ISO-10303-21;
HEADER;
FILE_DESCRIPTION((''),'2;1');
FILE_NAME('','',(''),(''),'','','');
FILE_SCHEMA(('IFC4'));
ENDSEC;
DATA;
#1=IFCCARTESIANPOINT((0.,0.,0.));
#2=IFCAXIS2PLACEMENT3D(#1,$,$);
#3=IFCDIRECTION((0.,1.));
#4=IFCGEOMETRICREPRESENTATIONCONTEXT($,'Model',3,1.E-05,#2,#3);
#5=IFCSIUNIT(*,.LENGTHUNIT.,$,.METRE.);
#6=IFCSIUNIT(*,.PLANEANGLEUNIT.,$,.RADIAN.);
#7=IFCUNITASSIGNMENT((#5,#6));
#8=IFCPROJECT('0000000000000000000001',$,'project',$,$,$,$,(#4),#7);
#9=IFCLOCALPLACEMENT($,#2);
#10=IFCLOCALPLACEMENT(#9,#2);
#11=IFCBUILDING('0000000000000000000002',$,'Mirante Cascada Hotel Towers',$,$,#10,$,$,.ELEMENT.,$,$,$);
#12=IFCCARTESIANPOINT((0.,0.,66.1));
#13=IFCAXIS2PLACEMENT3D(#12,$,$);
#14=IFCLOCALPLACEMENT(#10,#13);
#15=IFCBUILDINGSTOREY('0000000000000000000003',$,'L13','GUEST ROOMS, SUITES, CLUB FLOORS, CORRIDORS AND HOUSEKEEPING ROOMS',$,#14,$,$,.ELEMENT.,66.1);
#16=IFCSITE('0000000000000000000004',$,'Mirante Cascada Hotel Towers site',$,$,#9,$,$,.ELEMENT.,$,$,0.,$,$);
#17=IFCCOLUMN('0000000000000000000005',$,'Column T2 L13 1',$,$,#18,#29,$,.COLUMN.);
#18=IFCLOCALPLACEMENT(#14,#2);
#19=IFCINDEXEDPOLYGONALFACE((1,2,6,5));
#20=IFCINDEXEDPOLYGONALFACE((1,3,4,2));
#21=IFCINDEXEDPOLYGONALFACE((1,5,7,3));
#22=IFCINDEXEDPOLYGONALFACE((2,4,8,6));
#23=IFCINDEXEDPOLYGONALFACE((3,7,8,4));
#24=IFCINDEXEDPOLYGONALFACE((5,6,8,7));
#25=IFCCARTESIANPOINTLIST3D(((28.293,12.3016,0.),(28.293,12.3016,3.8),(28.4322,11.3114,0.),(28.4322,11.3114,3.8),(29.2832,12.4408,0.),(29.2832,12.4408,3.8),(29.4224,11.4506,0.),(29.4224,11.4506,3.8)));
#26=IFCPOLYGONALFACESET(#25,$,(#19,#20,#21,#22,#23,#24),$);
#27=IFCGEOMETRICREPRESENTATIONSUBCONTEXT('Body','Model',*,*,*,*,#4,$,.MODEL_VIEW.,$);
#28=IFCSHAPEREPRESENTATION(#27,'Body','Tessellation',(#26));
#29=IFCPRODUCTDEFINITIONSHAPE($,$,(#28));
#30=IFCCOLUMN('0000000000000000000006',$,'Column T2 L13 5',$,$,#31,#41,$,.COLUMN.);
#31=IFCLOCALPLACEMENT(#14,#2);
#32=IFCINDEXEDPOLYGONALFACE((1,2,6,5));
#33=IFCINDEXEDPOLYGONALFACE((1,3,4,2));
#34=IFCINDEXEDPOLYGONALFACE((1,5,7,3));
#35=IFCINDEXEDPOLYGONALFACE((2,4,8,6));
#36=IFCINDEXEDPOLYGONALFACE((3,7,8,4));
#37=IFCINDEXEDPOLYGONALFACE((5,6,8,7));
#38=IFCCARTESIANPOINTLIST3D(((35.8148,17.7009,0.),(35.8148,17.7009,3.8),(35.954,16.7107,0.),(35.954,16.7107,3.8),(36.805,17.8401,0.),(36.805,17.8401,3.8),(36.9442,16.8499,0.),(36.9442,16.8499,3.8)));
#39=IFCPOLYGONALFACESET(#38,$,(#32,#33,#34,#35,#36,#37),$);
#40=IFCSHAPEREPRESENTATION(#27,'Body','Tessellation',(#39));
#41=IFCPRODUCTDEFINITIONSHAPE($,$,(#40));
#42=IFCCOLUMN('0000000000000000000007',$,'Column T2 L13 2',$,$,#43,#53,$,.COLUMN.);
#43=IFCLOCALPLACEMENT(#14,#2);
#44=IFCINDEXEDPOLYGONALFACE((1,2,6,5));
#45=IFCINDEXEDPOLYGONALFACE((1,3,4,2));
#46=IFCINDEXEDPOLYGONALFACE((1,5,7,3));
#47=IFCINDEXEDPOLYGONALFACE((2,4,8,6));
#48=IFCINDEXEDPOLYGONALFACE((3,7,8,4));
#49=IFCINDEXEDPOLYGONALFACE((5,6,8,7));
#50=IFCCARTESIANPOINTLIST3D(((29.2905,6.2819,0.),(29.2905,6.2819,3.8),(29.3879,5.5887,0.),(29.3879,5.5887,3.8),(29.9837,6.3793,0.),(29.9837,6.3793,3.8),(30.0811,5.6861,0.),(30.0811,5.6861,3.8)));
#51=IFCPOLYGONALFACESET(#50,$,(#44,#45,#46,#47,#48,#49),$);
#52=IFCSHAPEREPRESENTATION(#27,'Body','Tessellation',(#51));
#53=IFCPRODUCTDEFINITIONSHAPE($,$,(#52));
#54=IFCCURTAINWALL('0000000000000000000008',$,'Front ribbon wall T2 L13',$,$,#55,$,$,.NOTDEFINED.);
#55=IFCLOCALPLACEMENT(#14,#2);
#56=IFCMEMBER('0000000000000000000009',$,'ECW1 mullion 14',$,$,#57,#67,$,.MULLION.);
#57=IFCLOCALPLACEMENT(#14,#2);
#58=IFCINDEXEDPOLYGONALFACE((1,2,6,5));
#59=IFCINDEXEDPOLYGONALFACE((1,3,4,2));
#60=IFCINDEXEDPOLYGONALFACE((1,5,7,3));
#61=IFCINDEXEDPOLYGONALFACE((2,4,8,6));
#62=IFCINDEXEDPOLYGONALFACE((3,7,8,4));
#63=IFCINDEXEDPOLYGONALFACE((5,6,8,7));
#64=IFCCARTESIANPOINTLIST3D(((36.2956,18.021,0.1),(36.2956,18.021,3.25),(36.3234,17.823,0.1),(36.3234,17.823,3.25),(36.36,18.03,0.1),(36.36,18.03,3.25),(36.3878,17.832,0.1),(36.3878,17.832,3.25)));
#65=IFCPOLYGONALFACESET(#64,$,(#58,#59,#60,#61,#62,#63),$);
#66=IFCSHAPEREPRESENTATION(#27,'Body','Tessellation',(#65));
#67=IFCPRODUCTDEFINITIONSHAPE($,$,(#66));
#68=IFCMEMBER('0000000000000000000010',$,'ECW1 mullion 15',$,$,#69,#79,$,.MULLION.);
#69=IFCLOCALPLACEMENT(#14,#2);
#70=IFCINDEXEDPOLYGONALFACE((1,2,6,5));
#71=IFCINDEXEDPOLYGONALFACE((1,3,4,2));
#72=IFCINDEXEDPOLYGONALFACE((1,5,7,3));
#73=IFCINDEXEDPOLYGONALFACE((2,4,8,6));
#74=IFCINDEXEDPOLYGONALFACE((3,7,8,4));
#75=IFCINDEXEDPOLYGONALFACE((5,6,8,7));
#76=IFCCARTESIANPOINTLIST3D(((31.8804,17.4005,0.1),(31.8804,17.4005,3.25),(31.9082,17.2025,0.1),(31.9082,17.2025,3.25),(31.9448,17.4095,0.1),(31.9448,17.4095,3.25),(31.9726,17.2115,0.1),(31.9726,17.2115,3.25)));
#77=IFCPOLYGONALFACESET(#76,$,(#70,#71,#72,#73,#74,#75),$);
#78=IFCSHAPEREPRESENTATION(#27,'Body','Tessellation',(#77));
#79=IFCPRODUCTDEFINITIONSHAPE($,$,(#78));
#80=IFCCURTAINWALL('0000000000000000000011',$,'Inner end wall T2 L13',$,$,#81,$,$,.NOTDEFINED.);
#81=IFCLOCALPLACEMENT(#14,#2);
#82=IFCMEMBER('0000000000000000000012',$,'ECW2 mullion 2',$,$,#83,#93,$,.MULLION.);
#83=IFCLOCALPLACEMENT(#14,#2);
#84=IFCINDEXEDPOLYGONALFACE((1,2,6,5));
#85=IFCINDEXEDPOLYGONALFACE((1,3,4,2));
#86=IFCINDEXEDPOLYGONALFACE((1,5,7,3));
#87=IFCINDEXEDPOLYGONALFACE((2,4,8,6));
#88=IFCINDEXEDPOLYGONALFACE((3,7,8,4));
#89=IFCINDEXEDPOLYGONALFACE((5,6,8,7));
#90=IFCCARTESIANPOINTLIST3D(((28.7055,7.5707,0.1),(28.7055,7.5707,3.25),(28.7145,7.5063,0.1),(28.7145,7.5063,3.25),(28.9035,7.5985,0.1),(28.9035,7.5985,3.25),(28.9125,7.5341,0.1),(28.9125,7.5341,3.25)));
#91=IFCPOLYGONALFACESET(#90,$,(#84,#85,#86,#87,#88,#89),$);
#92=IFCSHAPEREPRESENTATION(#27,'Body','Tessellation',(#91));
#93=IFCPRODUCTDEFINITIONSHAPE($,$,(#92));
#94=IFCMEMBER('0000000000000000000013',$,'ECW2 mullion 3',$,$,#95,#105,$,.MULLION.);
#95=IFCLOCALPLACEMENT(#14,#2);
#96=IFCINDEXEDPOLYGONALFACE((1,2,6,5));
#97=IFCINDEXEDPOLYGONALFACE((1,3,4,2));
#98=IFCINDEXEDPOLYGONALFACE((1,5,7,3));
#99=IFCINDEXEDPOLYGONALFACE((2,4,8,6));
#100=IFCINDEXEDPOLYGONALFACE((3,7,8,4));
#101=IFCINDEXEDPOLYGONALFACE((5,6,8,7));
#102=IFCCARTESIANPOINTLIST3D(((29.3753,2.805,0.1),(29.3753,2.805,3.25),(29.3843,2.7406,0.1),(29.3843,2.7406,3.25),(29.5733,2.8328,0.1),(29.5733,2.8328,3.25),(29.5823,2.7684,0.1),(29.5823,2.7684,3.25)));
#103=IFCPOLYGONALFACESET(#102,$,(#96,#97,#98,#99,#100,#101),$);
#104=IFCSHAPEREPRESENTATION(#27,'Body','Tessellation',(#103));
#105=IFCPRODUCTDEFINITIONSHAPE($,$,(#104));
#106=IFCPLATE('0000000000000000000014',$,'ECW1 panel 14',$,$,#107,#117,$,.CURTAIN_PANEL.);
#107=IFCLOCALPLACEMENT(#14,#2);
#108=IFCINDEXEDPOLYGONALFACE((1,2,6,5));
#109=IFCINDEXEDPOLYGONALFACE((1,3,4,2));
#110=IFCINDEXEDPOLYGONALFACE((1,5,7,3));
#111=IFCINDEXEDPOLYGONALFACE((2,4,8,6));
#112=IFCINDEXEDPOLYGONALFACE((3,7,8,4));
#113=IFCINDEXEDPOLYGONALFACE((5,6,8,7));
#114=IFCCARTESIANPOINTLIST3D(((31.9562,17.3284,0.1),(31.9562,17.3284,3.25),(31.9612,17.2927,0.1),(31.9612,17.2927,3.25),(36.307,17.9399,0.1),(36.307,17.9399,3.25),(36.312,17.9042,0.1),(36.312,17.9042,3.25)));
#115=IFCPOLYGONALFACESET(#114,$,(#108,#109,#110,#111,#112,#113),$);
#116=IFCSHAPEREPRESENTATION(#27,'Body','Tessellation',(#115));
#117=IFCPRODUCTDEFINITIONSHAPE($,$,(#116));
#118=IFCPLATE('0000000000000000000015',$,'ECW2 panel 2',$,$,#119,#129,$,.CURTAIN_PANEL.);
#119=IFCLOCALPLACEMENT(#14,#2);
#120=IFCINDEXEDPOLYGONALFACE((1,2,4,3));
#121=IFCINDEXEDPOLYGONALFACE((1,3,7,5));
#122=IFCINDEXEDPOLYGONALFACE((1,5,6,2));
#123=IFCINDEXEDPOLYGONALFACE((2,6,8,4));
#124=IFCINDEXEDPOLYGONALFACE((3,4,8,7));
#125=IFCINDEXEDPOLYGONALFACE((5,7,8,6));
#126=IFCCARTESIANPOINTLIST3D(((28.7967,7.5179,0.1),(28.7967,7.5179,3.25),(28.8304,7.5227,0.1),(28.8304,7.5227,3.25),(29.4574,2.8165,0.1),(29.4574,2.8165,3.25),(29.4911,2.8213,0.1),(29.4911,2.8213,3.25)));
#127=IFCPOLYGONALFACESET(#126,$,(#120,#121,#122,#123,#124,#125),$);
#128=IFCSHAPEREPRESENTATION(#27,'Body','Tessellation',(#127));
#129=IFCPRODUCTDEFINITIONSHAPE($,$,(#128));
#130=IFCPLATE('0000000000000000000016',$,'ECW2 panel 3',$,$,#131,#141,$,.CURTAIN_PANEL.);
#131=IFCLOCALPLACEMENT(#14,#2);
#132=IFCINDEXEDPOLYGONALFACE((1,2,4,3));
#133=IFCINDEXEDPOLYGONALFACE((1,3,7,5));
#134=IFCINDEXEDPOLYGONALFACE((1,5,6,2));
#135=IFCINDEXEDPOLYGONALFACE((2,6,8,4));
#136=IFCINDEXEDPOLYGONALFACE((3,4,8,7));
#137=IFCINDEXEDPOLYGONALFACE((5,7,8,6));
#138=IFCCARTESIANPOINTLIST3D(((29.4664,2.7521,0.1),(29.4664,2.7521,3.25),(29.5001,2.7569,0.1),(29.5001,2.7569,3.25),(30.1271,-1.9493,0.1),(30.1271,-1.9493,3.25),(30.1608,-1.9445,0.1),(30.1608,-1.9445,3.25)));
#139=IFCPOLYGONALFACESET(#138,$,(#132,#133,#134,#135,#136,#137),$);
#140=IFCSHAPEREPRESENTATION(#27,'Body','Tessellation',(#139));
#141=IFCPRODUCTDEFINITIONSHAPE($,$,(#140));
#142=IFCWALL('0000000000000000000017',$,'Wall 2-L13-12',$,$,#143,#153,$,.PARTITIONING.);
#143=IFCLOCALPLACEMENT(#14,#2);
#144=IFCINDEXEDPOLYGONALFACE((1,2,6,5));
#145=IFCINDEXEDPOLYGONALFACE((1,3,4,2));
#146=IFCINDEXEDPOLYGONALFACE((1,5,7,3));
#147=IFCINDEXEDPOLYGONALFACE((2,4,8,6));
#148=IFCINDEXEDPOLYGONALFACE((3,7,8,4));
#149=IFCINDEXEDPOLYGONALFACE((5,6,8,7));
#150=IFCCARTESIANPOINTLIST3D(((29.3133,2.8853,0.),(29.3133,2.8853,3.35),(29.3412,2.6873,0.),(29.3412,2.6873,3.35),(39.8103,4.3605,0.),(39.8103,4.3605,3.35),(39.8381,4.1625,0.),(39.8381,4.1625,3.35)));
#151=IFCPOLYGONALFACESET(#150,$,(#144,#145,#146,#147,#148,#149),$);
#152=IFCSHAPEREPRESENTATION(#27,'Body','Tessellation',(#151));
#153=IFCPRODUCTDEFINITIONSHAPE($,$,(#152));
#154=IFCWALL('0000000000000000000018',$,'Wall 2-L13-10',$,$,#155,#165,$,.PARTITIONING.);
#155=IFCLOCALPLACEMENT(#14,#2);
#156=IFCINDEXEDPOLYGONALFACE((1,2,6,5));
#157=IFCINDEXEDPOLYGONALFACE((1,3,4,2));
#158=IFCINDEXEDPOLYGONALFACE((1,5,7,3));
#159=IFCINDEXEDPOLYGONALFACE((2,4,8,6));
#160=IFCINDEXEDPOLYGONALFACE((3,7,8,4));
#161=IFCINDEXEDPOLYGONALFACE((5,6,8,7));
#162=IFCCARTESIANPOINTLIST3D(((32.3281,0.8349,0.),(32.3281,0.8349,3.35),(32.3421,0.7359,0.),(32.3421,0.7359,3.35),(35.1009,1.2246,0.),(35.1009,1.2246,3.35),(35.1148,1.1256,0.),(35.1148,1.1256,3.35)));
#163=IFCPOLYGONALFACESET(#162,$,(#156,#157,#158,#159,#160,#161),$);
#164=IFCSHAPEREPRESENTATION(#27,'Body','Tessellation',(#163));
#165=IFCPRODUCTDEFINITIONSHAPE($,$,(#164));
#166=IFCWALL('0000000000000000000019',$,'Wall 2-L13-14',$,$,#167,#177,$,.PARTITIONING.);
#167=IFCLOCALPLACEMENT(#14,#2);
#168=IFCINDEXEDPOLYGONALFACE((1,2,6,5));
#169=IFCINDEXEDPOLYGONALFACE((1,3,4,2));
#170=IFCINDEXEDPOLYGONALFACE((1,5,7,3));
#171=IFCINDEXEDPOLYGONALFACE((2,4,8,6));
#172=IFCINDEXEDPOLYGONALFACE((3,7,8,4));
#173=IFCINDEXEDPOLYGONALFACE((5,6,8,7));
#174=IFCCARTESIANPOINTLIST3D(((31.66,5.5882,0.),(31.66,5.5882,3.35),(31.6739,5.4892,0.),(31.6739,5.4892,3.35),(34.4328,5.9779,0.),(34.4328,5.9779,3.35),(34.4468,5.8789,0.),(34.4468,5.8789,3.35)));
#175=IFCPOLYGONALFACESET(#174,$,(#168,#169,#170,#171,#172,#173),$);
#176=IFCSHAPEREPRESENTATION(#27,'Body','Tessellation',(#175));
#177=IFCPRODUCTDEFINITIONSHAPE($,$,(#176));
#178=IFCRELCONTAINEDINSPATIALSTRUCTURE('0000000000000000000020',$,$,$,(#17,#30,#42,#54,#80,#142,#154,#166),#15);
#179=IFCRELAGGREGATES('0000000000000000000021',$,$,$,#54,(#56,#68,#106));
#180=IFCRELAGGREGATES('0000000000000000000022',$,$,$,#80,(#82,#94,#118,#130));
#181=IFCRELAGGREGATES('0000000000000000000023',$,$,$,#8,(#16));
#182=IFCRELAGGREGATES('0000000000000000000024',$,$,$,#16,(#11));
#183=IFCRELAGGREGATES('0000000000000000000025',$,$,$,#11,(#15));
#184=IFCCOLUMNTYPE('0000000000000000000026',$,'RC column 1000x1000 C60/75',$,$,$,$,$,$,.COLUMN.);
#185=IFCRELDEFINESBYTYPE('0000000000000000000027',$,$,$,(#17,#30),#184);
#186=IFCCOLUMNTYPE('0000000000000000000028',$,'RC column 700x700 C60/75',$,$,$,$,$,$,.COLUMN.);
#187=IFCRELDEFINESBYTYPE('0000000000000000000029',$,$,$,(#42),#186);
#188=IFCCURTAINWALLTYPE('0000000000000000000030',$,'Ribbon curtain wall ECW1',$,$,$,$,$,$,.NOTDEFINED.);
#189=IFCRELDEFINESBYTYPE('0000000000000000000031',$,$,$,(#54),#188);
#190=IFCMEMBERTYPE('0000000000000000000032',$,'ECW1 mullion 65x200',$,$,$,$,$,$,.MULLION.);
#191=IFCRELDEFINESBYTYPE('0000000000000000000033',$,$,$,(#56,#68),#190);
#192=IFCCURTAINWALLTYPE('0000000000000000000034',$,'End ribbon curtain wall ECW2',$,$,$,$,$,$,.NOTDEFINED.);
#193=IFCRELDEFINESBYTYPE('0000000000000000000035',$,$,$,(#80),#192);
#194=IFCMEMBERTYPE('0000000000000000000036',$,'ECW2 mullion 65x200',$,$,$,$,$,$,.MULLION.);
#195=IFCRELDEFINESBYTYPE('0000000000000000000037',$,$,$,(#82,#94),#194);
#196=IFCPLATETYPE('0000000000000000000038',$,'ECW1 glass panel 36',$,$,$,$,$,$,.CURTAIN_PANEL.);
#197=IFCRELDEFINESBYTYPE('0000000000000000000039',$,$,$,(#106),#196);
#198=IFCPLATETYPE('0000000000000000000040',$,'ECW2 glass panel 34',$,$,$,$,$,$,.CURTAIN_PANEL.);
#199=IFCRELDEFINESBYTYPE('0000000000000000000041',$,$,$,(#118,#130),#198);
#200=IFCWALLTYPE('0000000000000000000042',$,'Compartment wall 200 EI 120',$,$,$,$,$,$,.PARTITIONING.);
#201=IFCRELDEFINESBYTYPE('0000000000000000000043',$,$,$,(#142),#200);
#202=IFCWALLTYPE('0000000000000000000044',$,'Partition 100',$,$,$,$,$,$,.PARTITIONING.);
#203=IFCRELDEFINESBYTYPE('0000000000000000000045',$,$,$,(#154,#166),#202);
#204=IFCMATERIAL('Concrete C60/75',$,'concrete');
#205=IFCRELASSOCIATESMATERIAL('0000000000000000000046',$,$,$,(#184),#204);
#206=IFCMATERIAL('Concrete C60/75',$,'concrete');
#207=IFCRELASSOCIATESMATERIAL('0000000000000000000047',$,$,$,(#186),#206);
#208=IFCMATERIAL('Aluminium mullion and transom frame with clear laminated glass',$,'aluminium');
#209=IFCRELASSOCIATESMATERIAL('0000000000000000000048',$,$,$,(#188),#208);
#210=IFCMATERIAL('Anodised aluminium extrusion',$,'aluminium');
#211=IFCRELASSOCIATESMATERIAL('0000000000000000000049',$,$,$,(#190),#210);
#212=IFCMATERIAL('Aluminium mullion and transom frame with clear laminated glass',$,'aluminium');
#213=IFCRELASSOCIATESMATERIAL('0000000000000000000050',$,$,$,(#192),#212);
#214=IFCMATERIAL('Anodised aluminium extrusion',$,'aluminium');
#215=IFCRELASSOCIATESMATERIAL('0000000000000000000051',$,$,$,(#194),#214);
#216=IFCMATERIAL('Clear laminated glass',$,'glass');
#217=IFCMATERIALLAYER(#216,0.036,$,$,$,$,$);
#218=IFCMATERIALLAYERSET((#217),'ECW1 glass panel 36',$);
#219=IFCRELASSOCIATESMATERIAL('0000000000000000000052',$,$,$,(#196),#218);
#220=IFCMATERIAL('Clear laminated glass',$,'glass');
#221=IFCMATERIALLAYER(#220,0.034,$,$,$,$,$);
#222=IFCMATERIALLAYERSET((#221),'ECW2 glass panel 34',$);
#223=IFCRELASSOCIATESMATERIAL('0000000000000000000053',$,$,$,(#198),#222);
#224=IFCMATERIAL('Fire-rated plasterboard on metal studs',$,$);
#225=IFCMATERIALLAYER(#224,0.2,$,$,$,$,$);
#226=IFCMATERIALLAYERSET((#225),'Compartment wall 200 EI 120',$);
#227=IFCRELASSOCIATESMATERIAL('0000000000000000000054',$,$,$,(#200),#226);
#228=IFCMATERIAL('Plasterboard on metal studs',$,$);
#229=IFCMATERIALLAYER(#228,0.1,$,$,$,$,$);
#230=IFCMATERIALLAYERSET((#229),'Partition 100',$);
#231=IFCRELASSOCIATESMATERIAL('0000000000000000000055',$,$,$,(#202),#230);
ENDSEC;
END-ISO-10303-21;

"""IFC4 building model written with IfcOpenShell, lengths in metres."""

from ifc_helpers import new_model, si_unit, direction, frame, frame_2d, origin, origin_2d, place, context, subcontext, project, spatial, rectangle, extrude, material, layer, layer_set, material_profile, profile_set, type_object, element, aggregate, save


model = new_model("IFC4")

# Units and contexts
model_context = context("Model", 3, precision=1e-05, world=origin(), true_north=direction((0.0, 1.0)))
body_context = subcontext(model_context, "Body", "Model", "MODEL_VIEW")
ifc_project = project(units=[si_unit("LENGTHUNIT", "METRE"), si_unit("PLANEANGLEUNIT", "RADIAN")], contexts=[model_context])

# Site, building, storey
site_placement = place(None, origin())
site = spatial("IfcSite", under=ifc_project, at=site_placement, Name="Mirante Cascada Hotel Towers site", CompositionType="ELEMENT", RefElevation=0.0)
building_placement = place(site_placement, origin())
building = spatial("IfcBuilding", under=site, at=building_placement, Name="Mirante Cascada Hotel Towers", CompositionType="ELEMENT")
storey_placement = place(building_placement, frame((0.0, 0.0, 66.1)))
storey = spatial("IfcBuildingStorey", under=building, at=storey_placement, Name="L13", Description="GUEST ROOMS, SUITES, CLUB FLOORS, CORRIDORS AND HOUSEKEEPING ROOMS", CompositionType="ELEMENT", Elevation=66.1)

# Columns
ifc_material_1 = material(Name="Concrete C60/75", Category="concrete")
ifc_material_profile_1 = material_profile(ifc_material_1, rectangle(XDim=1.0, YDim=1.0, at=origin_2d()), Name="RC column 1000x1000 C60/75")
ifc_profile_set_1 = profile_set([ifc_material_profile_1], Name="Concrete C60/75")
column_type_1 = type_object("IfcColumnType", Name="RC column 1000x1000 C60/75", PredefinedType="COLUMN", material=ifc_profile_set_1)
for number, where, z_axis, x_axis, name in (
    (1, (28.8577, 11.8761, 0.0), (0.0, 0.0, 1.0), (0.990268, 0.139173, 0.0), "Column T2 L13 1"),
    (2, (36.3795, 17.2754, 0.0), (0.0, 0.0, 1.0), (0.990268, 0.139173, 0.0), "Column T2 L13 5"),
):
    element("IfcColumn", number, at=place(storey_placement, frame(where, z_axis=z_axis, x_axis=x_axis)), inside=storey, type_object=column_type_1, Name=name, PredefinedType="COLUMN", context=body_context, shape_type="SweptSolid", body=[
        extrude(rectangle(XDim=1.0, YDim=1.0, at=origin_2d()), origin(), (0.0, 0.0, 1.0), 3.8),
    ])
ifc_material_2 = material(Name="Concrete C60/75", Category="concrete")
ifc_material_profile_2 = material_profile(ifc_material_2, rectangle(XDim=0.7, YDim=0.7, at=origin_2d()), Name="RC column 700x700 C60/75")
ifc_profile_set_2 = profile_set([ifc_material_profile_2], Name="Concrete C60/75")
column_type_2 = type_object("IfcColumnType", Name="RC column 700x700 C60/75", PredefinedType="COLUMN", material=ifc_profile_set_2)
column_placement = place(storey_placement, frame((29.6858, 5.984, 0.0), z_axis=(0.0, 0.0, 1.0), x_axis=(0.990268, 0.139173, 0.0)))
element("IfcColumn", 3, at=column_placement, inside=storey, type_object=column_type_2, Name="Column T2 L13 2", PredefinedType="COLUMN", context=body_context, shape_type="SweptSolid", body=[
    extrude(rectangle(XDim=0.7, YDim=0.7, at=origin_2d()), origin(), (0.0, 0.0, 1.0), 3.8),
])

# Curtain walls, members
ifc_material_3 = material(Name="Aluminium mullion and transom frame with clear laminated glass", Category="aluminium")
curtain_wall_type_1 = type_object("IfcCurtainWallType", Name="Ribbon curtain wall ECW1", PredefinedType="NOTDEFINED", material=ifc_material_3)
curtain_wall_1_placement = place(storey_placement, origin())
curtain_wall_1 = element("IfcCurtainWall", 4, at=curtain_wall_1_placement, inside=storey, type_object=curtain_wall_type_1, Name="Front ribbon wall T2 L13", PredefinedType="NOTDEFINED")
ifc_material_4 = material(Name="Anodised aluminium extrusion", Category="aluminium")
ifc_material_profile_3 = material_profile(ifc_material_4, rectangle(XDim=0.2, YDim=0.065, at=origin_2d()), Name="ECW1 MULLION 65x200")
ifc_profile_set_3 = profile_set([ifc_material_profile_3], Name="Anodised aluminium extrusion")
member_type_1 = type_object("IfcMemberType", Name="ECW1 mullion 65x200", PredefinedType="MULLION", material=ifc_profile_set_3)
member_1_placement = place(storey_placement, frame((36.3417, 17.9265, 0.1), z_axis=(0.0, 0.0, 1.0), x_axis=(0.139173, -0.990268, 0.0)))
member_1 = element("IfcMember", 5, at=member_1_placement, type_object=member_type_1, Name="ECW1 mullion 14", PredefinedType="MULLION", context=body_context, shape_type="SweptSolid", body=[
    extrude(rectangle(XDim=0.2, YDim=0.065, at=origin_2d()), origin(), (0.0, 0.0, 1.0), 3.15),
])
member_2_placement = place(storey_placement, frame((31.9265, 17.306, 0.1), z_axis=(0.0, 0.0, 1.0), x_axis=(0.139173, -0.990268, 0.0)))
member_2 = element("IfcMember", 6, at=member_2_placement, type_object=member_type_1, Name="ECW1 mullion 15", PredefinedType="MULLION", context=body_context, shape_type="SweptSolid", body=[
    extrude(rectangle(XDim=0.2, YDim=0.065, at=origin_2d()), origin(), (0.0, 0.0, 1.0), 3.15),
])
ifc_material_5 = material(Name="Aluminium mullion and transom frame with clear laminated glass", Category="aluminium")
curtain_wall_type_2 = type_object("IfcCurtainWallType", Name="End ribbon curtain wall ECW2", PredefinedType="NOTDEFINED", material=ifc_material_5)
curtain_wall_2_placement = place(storey_placement, origin())
curtain_wall_2 = element("IfcCurtainWall", 7, at=curtain_wall_2_placement, inside=storey, type_object=curtain_wall_type_2, Name="Inner end wall T2 L13", PredefinedType="NOTDEFINED")
ifc_material_6 = material(Name="Anodised aluminium extrusion", Category="aluminium")
ifc_material_profile_4 = material_profile(ifc_material_6, rectangle(XDim=0.2, YDim=0.065, at=origin_2d()), Name="ECW2 MULLION 65x200")
ifc_profile_set_4 = profile_set([ifc_material_profile_4], Name="Anodised aluminium extrusion")
member_type_2 = type_object("IfcMemberType", Name="ECW2 mullion 65x200", PredefinedType="MULLION", material=ifc_profile_set_4)
member_3_placement = place(storey_placement, frame((28.809, 7.5524, 0.1), z_axis=(0.0, 0.0, 1.0), x_axis=(0.990268, 0.139173, 0.0)))
member_3 = element("IfcMember", 8, at=member_3_placement, type_object=member_type_2, Name="ECW2 mullion 2", PredefinedType="MULLION", context=body_context, shape_type="SweptSolid", body=[
    extrude(rectangle(XDim=0.2, YDim=0.065, at=origin_2d()), origin(), (0.0, 0.0, 1.0), 3.15),
])
member_4_placement = place(storey_placement, frame((29.4788, 2.7867, 0.1), z_axis=(0.0, 0.0, 1.0), x_axis=(0.990268, 0.139173, 0.0)))
member_4 = element("IfcMember", 9, at=member_4_placement, type_object=member_type_2, Name="ECW2 mullion 3", PredefinedType="MULLION", context=body_context, shape_type="SweptSolid", body=[
    extrude(rectangle(XDim=0.2, YDim=0.065, at=origin_2d()), origin(), (0.0, 0.0, 1.0), 3.15),
])

# Plates
ifc_material_7 = material(Name="Clear laminated glass", Category="glass")
ifc_layer_1 = layer(ifc_material_7, 0.036)
ifc_layer_set_1 = layer_set([ifc_layer_1], Name="ECW1 glass panel 36")
plate_type_1 = type_object("IfcPlateType", Name="ECW1 glass panel 36", PredefinedType="CURTAIN_PANEL", material=ifc_layer_set_1)
plate_1_placement = place(storey_placement, frame((34.1341, 17.6163, 0.1), z_axis=(0.0, 0.0, 1.0), x_axis=(-0.990268, -0.139173, 0.0)))
plate_1 = element("IfcPlate", 10, at=plate_1_placement, type_object=plate_type_1, Name="ECW1 panel 14", PredefinedType="CURTAIN_PANEL", context=body_context, shape_type="SweptSolid", body=[
    extrude(rectangle(XDim=4.3936, YDim=0.036, at=origin_2d()), origin(), (0.0, 0.0, 1.0), 3.15),
])
aggregate(curtain_wall_1, [member_1, member_2, plate_1])
ifc_material_8 = material(Name="Clear laminated glass", Category="glass")
ifc_layer_2 = layer(ifc_material_8, 0.034)
ifc_layer_set_2 = layer_set([ifc_layer_2], Name="ECW2 glass panel 34")
plate_type_2 = type_object("IfcPlateType", Name="ECW2 glass panel 34", PredefinedType="CURTAIN_PANEL", material=ifc_layer_set_2)
plate_2_placement = place(storey_placement, frame((29.1439, 5.1696, 0.1), z_axis=(0.0, 0.0, 1.0), x_axis=(0.139173, -0.990268, 0.0)))
plate_2 = element("IfcPlate", 11, at=plate_2_placement, type_object=plate_type_2, Name="ECW2 panel 2", PredefinedType="CURTAIN_PANEL", context=body_context, shape_type="SweptSolid", body=[
    extrude(rectangle(XDim=4.7476, YDim=0.034, at=origin_2d()), origin(), (0.0, 0.0, 1.0), 3.15),
])
plate_3_placement = place(storey_placement, frame((29.8136, 0.4038, 0.1), z_axis=(0.0, 0.0, 1.0), x_axis=(0.139173, -0.990268, 0.0)))
plate_3 = element("IfcPlate", 12, at=plate_3_placement, type_object=plate_type_2, Name="ECW2 panel 3", PredefinedType="CURTAIN_PANEL", context=body_context, shape_type="SweptSolid", body=[
    extrude(rectangle(XDim=4.7476, YDim=0.034, at=origin_2d()), origin(), (0.0, 0.0, 1.0), 3.15),
])
aggregate(curtain_wall_2, [member_3, member_4, plate_2, plate_3])

# Walls
ifc_material_9 = material(Name="Fire-rated plasterboard on metal studs")
ifc_layer_3 = layer(ifc_material_9, 0.2)
ifc_layer_set_3 = layer_set([ifc_layer_3], Name="Compartment wall 200 EI 120")
wall_type_1 = type_object("IfcWallType", Name="Compartment wall 200 EI 120", PredefinedType="PARTITIONING", material=ifc_layer_set_3)
wall_1_placement = place(storey_placement, frame((29.3273, 2.7863, 0.0), z_axis=(0.0, 0.0, 1.0), x_axis=(0.990269, 0.139169, 0.0)))
element("IfcWall", 13, at=wall_1_placement, inside=storey, type_object=wall_type_1, Name="Wall 2-L13-12", PredefinedType="PARTITIONING", context=body_context, shape_type="SweptSolid", body=[
    extrude(rectangle(XDim=10.6001, YDim=0.2, at=frame_2d((5.3, 0.0))), origin(), (0.0, 0.0, 1.0), 3.35),
])
ifc_material_10 = material(Name="Plasterboard on metal studs")
ifc_layer_4 = layer(ifc_material_10, 0.1)
ifc_layer_set_4 = layer_set([ifc_layer_4], Name="Partition 100")
wall_type_2 = type_object("IfcWallType", Name="Partition 100", PredefinedType="PARTITIONING", material=ifc_layer_set_4)
wall_2_placement = place(storey_placement, frame((32.3351, 0.7854, 0.0), z_axis=(0.0, 0.0, 1.0), x_axis=(0.990267, 0.139181, 0.0)))
element("IfcWall", 14, at=wall_2_placement, inside=storey, type_object=wall_type_2, Name="Wall 2-L13-10", PredefinedType="PARTITIONING", context=body_context, shape_type="SweptSolid", body=[
    extrude(rectangle(XDim=2.8, YDim=0.1, at=frame_2d((1.4, 0.0))), origin(), (0.0, 0.0, 1.0), 3.35),
])
wall_3_placement = place(storey_placement, frame((31.667, 5.5387, 0.0), z_axis=(0.0, 0.0, 1.0), x_axis=(0.990268, 0.139176, 0.0)))
element("IfcWall", 15, at=wall_3_placement, inside=storey, type_object=wall_type_2, Name="Wall 2-L13-14", PredefinedType="PARTITIONING", context=body_context, shape_type="SweptSolid", body=[
    extrude(rectangle(XDim=2.8001, YDim=0.1, at=frame_2d((1.4, 0.0))), origin(), (0.0, 0.0, 1.0), 3.35),
])

save(model, "model.ifc")
